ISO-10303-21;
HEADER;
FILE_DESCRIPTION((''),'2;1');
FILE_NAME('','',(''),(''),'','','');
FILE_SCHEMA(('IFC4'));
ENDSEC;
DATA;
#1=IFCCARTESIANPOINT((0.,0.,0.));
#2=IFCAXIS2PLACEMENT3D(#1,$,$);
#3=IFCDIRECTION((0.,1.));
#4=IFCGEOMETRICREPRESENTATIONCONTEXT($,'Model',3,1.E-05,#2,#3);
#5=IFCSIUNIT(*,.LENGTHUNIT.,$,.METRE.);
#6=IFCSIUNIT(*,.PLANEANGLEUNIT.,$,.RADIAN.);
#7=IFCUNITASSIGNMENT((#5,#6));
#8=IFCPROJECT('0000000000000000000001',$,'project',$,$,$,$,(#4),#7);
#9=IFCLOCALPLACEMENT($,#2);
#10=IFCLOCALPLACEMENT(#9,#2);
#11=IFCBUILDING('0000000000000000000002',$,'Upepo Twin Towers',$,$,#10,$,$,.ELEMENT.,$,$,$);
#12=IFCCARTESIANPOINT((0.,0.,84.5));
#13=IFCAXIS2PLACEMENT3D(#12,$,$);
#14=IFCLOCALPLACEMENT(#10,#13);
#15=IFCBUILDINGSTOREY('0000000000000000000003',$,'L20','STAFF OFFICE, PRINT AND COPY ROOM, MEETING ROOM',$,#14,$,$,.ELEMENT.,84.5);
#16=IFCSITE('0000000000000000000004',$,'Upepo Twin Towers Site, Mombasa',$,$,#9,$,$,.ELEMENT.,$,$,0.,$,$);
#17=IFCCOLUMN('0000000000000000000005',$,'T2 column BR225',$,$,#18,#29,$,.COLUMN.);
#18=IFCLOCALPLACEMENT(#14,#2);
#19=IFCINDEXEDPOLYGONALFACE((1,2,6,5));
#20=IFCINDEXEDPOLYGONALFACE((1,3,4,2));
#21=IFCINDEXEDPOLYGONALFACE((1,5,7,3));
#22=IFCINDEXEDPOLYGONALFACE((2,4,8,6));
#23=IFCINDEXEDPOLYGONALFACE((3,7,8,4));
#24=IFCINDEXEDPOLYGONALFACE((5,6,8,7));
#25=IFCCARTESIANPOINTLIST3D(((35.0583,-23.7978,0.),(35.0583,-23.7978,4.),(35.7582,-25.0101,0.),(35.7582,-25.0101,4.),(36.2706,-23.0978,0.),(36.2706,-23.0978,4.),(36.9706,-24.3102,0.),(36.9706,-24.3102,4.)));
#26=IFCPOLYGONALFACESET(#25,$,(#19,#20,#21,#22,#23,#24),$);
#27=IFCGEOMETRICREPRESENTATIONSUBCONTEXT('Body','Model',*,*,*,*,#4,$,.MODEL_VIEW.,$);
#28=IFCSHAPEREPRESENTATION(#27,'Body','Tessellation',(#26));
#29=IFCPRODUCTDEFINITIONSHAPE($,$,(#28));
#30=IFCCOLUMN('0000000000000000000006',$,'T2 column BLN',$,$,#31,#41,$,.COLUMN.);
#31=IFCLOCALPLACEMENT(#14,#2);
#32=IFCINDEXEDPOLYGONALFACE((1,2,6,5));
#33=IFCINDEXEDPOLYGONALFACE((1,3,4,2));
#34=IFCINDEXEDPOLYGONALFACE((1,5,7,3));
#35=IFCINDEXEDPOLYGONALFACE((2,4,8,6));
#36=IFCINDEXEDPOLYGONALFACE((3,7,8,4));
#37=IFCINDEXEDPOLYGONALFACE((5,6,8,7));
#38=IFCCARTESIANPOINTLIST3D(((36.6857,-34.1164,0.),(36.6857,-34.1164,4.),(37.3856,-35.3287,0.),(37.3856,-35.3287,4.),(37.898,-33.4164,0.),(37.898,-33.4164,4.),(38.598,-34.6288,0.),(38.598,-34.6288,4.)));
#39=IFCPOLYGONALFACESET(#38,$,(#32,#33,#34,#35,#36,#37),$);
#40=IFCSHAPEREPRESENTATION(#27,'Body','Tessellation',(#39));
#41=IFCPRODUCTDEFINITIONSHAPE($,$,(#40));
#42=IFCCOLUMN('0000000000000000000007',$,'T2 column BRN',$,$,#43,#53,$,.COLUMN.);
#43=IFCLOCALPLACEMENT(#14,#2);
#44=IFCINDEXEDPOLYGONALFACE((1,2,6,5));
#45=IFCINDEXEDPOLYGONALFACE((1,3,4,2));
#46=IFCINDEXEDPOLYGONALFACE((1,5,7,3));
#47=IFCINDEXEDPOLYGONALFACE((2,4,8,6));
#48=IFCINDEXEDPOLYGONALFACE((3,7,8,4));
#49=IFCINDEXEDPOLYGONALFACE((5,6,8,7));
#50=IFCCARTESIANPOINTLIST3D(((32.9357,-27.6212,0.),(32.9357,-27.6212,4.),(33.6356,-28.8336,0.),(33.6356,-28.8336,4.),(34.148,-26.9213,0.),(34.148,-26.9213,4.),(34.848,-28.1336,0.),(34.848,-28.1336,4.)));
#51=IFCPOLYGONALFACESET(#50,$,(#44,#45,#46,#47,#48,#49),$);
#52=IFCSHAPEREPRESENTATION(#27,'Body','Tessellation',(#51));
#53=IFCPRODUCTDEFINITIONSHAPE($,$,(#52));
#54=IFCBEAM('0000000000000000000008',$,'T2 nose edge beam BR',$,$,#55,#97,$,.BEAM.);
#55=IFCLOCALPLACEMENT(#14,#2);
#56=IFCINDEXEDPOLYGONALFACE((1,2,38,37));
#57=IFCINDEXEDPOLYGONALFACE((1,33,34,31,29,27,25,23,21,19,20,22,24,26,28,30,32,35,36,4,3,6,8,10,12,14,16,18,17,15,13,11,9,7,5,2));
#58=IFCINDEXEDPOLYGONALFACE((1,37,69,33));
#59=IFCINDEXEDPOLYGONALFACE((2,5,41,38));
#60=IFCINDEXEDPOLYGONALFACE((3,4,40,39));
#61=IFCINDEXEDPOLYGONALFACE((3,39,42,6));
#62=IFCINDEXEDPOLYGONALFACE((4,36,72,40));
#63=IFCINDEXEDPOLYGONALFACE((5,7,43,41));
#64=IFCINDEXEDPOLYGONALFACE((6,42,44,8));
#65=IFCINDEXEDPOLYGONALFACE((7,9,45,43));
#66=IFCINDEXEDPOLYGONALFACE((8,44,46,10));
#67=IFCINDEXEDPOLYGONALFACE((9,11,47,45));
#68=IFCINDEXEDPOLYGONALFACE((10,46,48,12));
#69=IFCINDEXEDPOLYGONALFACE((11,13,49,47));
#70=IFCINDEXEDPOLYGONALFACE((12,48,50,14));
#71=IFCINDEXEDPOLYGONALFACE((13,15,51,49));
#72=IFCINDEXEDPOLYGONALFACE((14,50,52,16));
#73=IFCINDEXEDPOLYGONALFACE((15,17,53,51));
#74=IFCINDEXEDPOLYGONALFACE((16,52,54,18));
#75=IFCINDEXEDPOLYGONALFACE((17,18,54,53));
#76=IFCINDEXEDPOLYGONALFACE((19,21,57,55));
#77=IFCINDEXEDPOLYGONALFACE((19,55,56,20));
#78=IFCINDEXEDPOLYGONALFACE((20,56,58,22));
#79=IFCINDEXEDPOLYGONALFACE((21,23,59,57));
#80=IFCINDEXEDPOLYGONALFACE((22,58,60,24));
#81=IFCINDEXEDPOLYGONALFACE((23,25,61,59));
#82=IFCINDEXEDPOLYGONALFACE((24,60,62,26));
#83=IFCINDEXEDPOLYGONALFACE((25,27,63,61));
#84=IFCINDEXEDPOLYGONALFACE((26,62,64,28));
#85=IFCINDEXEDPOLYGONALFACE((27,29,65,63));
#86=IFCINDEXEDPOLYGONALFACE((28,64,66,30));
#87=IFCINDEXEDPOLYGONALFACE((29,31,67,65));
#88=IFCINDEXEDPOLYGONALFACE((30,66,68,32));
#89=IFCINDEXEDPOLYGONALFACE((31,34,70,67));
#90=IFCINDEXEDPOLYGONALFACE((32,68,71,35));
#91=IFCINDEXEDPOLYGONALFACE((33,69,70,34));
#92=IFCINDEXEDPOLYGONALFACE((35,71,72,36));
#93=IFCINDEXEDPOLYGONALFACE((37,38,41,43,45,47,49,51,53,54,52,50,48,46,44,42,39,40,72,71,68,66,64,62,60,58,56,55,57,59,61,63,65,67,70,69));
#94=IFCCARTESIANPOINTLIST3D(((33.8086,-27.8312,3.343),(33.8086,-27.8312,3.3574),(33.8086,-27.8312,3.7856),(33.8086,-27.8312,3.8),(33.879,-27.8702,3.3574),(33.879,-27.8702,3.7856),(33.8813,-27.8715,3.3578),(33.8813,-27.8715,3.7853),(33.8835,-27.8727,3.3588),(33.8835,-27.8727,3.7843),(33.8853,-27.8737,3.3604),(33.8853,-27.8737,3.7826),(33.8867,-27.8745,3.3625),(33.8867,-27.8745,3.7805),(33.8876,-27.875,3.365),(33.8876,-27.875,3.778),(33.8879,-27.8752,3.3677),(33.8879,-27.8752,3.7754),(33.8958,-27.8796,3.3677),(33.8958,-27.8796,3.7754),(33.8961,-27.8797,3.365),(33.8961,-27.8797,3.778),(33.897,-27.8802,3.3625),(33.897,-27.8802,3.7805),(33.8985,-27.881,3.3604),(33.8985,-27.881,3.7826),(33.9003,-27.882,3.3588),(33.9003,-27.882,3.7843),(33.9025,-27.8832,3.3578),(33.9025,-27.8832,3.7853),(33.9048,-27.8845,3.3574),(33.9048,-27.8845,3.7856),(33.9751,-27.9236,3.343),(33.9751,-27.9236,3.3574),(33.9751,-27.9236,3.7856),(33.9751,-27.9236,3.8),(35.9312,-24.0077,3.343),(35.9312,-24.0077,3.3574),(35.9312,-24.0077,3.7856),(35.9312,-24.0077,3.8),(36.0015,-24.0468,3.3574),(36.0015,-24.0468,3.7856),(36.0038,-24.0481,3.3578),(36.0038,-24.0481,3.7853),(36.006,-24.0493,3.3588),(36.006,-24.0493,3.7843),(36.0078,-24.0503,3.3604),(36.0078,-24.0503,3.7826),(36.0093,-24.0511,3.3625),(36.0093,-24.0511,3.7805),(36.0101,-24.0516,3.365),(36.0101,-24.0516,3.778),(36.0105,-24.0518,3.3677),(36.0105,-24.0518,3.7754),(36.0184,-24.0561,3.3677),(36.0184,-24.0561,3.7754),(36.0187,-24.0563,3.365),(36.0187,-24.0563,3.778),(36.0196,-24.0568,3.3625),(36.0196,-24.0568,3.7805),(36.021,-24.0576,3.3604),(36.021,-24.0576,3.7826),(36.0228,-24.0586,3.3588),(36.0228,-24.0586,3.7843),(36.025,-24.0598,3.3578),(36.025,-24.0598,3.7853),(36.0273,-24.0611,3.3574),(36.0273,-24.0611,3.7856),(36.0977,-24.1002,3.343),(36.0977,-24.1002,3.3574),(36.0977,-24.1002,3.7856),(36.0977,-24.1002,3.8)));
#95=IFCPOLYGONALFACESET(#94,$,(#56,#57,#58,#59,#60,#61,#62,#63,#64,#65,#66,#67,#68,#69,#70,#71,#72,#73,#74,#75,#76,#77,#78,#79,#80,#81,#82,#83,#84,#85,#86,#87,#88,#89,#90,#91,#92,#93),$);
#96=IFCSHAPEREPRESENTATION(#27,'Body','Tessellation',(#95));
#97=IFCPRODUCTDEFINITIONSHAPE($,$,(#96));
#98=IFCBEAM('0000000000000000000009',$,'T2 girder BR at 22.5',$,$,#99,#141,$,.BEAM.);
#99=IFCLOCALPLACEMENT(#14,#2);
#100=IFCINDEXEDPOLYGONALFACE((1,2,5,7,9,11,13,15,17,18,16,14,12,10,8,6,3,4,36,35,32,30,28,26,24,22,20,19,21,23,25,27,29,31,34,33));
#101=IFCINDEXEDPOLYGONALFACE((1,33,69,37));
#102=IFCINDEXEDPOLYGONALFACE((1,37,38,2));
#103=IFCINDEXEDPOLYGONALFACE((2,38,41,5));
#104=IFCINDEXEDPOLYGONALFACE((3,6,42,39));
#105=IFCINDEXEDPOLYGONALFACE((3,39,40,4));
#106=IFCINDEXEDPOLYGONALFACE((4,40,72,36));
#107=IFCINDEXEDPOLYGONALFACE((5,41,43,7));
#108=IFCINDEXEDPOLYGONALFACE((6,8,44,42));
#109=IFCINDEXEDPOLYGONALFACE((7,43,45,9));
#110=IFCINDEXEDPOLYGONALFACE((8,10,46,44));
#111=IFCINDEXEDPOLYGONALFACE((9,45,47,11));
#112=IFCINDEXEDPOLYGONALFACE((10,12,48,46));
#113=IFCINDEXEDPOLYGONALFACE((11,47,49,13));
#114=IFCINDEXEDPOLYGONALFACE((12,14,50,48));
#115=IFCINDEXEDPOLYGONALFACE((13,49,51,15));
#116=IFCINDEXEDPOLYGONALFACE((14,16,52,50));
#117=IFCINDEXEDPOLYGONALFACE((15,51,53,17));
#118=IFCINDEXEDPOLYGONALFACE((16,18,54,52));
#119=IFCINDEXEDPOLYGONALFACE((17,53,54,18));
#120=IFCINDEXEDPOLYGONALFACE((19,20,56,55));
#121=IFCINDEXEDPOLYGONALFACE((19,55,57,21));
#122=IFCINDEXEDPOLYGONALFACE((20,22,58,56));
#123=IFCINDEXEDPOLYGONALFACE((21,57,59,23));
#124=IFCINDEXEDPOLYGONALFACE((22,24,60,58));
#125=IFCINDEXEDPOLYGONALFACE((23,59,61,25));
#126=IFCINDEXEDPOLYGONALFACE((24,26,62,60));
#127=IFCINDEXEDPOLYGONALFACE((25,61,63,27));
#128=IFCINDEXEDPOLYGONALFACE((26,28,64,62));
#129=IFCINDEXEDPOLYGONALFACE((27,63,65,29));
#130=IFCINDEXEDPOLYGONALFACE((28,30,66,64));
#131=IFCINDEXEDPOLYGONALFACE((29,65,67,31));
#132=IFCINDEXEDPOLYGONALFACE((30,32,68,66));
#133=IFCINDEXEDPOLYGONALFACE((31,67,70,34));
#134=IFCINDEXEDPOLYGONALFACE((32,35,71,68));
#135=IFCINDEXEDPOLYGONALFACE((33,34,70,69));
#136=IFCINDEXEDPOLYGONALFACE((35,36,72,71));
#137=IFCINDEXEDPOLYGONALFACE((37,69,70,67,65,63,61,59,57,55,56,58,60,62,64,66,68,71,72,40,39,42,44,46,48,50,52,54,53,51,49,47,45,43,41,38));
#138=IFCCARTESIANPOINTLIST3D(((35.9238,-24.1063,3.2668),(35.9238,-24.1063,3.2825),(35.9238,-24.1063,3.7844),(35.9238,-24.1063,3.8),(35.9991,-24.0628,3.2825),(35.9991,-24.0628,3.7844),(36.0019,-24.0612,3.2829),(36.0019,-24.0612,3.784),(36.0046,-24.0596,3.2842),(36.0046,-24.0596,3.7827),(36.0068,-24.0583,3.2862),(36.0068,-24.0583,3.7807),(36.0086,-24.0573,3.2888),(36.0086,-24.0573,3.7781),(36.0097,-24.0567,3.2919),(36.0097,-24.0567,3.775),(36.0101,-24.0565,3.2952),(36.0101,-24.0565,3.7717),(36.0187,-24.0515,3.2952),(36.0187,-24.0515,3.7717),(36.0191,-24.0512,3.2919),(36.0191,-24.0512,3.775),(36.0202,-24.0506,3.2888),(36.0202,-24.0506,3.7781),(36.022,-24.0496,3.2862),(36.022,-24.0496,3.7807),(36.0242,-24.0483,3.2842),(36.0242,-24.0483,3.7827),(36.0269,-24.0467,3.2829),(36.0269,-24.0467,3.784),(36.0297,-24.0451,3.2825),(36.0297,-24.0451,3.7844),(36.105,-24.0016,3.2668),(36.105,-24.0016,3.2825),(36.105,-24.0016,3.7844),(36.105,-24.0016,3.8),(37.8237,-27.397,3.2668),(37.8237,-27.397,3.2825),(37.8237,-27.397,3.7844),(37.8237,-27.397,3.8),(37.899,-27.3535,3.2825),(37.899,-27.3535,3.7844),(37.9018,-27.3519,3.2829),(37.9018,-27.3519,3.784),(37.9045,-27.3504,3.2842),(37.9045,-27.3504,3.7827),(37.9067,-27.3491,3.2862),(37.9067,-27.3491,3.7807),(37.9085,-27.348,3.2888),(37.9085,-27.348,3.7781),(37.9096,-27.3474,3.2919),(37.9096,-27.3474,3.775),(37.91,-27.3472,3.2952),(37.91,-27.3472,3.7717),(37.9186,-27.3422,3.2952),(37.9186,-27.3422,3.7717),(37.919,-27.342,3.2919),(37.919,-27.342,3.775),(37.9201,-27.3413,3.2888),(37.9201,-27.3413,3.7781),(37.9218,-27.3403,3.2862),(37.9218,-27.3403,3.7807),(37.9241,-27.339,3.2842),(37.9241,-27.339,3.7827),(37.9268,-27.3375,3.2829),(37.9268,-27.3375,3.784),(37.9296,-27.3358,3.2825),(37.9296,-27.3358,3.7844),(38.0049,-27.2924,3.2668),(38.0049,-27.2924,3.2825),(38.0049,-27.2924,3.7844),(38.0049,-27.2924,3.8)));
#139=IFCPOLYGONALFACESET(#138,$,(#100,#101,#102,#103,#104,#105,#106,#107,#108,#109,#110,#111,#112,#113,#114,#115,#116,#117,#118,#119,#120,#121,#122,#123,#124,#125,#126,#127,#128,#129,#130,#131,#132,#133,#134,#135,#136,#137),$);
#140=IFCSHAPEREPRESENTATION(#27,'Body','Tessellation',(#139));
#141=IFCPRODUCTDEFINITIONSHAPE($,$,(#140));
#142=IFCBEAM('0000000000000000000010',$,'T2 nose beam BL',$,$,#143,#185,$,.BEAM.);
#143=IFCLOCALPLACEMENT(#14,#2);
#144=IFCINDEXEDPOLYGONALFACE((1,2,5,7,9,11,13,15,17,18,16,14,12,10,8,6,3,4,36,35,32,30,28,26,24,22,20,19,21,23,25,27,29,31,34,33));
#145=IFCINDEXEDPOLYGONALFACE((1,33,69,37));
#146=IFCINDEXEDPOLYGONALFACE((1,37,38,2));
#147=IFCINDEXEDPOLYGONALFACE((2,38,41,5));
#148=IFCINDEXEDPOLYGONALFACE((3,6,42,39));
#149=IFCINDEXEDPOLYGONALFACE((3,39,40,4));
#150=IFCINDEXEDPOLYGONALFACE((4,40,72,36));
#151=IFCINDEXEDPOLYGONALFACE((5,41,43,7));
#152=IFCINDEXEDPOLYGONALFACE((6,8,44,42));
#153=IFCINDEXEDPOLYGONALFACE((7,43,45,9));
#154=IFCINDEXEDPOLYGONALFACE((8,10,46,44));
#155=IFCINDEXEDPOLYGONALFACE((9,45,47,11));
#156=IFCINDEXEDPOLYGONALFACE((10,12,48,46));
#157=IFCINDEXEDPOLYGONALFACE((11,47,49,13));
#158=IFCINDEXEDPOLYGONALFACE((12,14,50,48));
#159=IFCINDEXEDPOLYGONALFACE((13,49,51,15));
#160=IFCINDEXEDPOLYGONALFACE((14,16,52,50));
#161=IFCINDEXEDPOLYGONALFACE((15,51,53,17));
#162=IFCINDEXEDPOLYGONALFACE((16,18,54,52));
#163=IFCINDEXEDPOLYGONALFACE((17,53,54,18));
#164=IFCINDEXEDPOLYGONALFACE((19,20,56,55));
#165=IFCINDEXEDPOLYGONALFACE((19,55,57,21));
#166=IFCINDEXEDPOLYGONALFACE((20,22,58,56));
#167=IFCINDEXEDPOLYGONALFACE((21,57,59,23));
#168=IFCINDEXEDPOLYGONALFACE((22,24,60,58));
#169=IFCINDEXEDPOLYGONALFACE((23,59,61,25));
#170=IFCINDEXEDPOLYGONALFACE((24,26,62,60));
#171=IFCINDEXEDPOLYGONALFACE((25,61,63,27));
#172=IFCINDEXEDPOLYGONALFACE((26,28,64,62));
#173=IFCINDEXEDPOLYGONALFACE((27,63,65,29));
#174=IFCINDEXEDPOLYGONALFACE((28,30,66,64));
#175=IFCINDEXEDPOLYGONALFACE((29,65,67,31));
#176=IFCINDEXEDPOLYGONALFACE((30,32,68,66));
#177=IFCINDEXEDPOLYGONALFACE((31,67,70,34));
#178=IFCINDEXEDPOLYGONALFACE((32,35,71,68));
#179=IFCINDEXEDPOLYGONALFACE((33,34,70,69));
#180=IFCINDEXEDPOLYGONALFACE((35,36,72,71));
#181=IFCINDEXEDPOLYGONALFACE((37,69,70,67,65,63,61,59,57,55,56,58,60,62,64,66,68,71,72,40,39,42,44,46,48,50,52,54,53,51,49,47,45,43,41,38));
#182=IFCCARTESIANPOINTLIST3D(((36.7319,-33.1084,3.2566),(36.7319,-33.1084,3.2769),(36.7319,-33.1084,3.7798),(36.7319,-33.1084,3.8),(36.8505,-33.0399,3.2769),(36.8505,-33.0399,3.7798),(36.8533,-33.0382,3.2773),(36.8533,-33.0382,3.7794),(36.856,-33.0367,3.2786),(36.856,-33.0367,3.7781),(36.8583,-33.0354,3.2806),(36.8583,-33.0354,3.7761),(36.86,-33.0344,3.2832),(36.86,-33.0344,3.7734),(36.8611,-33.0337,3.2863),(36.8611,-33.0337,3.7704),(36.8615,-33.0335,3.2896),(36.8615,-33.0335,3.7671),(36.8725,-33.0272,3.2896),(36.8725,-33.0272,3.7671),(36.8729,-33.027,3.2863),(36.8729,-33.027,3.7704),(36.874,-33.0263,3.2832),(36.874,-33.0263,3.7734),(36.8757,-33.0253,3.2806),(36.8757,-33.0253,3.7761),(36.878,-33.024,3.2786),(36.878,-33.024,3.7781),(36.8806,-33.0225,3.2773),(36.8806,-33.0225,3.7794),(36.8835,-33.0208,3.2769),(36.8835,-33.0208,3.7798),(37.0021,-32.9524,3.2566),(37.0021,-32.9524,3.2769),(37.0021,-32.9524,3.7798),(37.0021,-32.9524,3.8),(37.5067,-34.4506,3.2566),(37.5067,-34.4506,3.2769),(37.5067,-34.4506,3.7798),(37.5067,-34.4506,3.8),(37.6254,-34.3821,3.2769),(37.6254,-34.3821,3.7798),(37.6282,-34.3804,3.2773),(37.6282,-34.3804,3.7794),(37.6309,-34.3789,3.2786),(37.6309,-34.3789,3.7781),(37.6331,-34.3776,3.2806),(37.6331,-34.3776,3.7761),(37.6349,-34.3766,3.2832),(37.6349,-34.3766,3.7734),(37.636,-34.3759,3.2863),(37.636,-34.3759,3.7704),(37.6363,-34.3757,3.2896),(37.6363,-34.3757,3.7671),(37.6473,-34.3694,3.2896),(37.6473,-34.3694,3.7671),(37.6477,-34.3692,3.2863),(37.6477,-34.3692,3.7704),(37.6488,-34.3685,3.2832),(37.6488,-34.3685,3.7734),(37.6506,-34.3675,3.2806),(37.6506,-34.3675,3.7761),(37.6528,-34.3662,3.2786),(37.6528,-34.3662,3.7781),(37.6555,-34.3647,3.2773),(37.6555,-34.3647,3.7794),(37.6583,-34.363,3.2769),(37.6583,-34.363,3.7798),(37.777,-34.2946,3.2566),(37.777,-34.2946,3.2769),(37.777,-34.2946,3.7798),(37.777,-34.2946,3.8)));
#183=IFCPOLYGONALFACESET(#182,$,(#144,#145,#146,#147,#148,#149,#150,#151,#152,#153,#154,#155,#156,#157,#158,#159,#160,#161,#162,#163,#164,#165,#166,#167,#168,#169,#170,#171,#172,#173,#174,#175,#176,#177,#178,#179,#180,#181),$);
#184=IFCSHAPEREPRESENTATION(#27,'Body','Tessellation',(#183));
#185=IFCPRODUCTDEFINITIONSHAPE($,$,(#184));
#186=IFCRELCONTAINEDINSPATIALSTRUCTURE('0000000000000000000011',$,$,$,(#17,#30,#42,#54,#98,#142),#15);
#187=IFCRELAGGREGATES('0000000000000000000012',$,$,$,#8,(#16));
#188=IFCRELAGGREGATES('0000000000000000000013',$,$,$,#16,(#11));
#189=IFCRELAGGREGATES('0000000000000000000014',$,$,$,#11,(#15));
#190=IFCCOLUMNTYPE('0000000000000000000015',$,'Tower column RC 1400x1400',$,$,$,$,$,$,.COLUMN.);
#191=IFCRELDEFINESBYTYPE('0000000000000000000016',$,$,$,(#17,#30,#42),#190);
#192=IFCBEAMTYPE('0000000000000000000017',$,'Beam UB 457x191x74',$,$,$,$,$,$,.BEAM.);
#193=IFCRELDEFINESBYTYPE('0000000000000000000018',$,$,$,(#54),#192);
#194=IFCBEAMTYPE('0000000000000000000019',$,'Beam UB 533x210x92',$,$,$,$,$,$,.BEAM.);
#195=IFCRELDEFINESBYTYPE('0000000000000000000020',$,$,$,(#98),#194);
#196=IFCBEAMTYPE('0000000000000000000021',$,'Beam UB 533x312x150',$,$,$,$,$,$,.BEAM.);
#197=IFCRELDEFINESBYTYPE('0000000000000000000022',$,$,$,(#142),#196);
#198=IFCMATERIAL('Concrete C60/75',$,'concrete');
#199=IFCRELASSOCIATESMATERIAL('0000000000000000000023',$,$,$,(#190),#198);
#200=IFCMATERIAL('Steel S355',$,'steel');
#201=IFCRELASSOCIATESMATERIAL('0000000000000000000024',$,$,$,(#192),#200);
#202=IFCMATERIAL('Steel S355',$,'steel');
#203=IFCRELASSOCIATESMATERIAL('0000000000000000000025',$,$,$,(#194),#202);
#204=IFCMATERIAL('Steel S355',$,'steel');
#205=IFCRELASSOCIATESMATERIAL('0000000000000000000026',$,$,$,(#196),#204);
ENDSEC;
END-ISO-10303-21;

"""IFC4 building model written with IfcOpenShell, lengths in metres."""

from ifc_helpers import new_model, si_unit, direction, frame, origin, origin_2d, place, context, subcontext, project, spatial, rectangle, i_section, extrude, material, material_profile, profile_set, type_object, element, save


model = new_model("IFC4")

# Units and contexts
model_context = context("Model", 3, precision=1e-05, world=origin(), true_north=direction((0.0, 1.0)))
body_context = subcontext(model_context, "Body", "Model", "MODEL_VIEW")
ifc_project = project(units=[si_unit("LENGTHUNIT", "METRE"), si_unit("PLANEANGLEUNIT", "RADIAN")], contexts=[model_context])

# Site, building, storey
site_placement = place(None, origin())
site = spatial("IfcSite", under=ifc_project, at=site_placement, Name="Upepo Twin Towers Site, Mombasa", CompositionType="ELEMENT", RefElevation=0.0)
building_placement = place(site_placement, origin())
building = spatial("IfcBuilding", under=site, at=building_placement, Name="Upepo Twin Towers", CompositionType="ELEMENT")
storey_placement = place(building_placement, frame((0.0, 0.0, 84.5)))
storey = spatial("IfcBuildingStorey", under=building, at=storey_placement, Name="L20", Description="STAFF OFFICE, PRINT AND COPY ROOM, MEETING ROOM", CompositionType="ELEMENT", Elevation=84.5)

# Columns
ifc_material_1 = material(Name="Concrete C60/75", Category="concrete")
ifc_material_profile_1 = material_profile(ifc_material_1, rectangle(XDim=1.3999, YDim=1.3999, at=origin_2d()), Name="RC 1400x1400")
ifc_profile_set_1 = profile_set([ifc_material_profile_1], Name="Concrete C60/75")
column_type = type_object("IfcColumnType", Name="Tower column RC 1400x1400", PredefinedType="COLUMN", material=ifc_profile_set_1)
for number, where, z_axis, x_axis, name in (
    (1, (36.0144, -24.054, 0.0), (0.0, 0.0, 1.0), (0.866025, 0.5, 0.0), "T2 column BR225"),
    (2, (37.6418, -34.3726, 0.0), (0.0, 0.0, 1.0), (0.866025, 0.5, 0.0), "T2 column BLN"),
    (3, (33.8918, -27.8774, 0.0), (0.0, 0.0, 1.0), (0.866025, 0.5, 0.0), "T2 column BRN"),
):
    element("IfcColumn", number, at=place(storey_placement, frame(where, z_axis=z_axis, x_axis=x_axis)), inside=storey, type_object=column_type, Name=name, PredefinedType="COLUMN", context=body_context, shape_type="SweptSolid", body=[
        extrude(rectangle(XDim=1.3999, YDim=1.3999, at=origin_2d()), origin(), (0.0, 0.0, 1.0), 4.0),
    ])

# Beams
ifc_material_2 = material(Name="Steel S355", Category="steel")
ifc_material_profile_2 = material_profile(ifc_material_2, i_section(OverallWidth=0.1904, OverallDepth=0.457, WebThickness=0.009, FlangeThickness=0.0144, FilletRadius=0.0103, at=origin_2d()), Name="UB 457x191x74")
ifc_profile_set_2 = profile_set([ifc_material_profile_2], Name="Steel S355")
beam_type_1 = type_object("IfcBeamType", Name="Beam UB 457x191x74", PredefinedType="BEAM", material=ifc_profile_set_2)
beam_1_placement = place(storey_placement, frame((36.0144, -24.054, 3.5715), z_axis=(-0.485363, -0.874313, 0.0), x_axis=(0.874313, -0.485363, 0.0)))
element("IfcBeam", 4, at=beam_1_placement, inside=storey, type_object=beam_type_1, Name="T2 nose edge beam BR", PredefinedType="BEAM", context=body_context, shape_type="SweptSolid", body=[
    extrude(i_section(OverallWidth=0.1904, OverallDepth=0.457, WebThickness=0.009, FlangeThickness=0.0144, FilletRadius=0.0103, at=origin_2d()), origin(), (0.0, 0.0, 1.0), 4.373),
])
ifc_material_3 = material(Name="Steel S355", Category="steel")
ifc_material_profile_3 = material_profile(ifc_material_3, i_section(OverallWidth=0.2092, OverallDepth=0.5332, WebThickness=0.01, FlangeThickness=0.0156, FilletRadius=0.0127, at=origin_2d()), Name="UB 533x210x92")
ifc_profile_set_3 = profile_set([ifc_material_profile_3], Name="Steel S355")
beam_type_2 = type_object("IfcBeamType", Name="Beam UB 533x210x92", PredefinedType="BEAM", material=ifc_profile_set_3)
beam_2_placement = place(storey_placement, frame((36.0144, -24.054, 3.5334), z_axis=(0.499995, -0.866028, 0.0), x_axis=(0.866028, 0.499995, 0.0)))
element("IfcBeam", 5, at=beam_2_placement, inside=storey, type_object=beam_type_2, Name="T2 girder BR at 22.5", PredefinedType="BEAM", context=body_context, shape_type="SweptSolid", body=[
    extrude(i_section(OverallWidth=0.2092, OverallDepth=0.5332, WebThickness=0.01, FlangeThickness=0.0156, FilletRadius=0.0127, at=origin_2d()), origin(), (0.0, 0.0, 1.0), 3.7998),
])
ifc_material_4 = material(Name="Steel S355", Category="steel")
ifc_material_profile_4 = material_profile(ifc_material_4, i_section(OverallWidth=0.312, OverallDepth=0.5435, WebThickness=0.0127, FlangeThickness=0.0203, FilletRadius=0.0127, at=origin_2d()), Name="UB 533x312x150")
ifc_profile_set_4 = profile_set([ifc_material_profile_4], Name="Steel S355")
beam_type_3 = type_object("IfcBeamType", Name="Beam UB 533x312x150", PredefinedType="BEAM", material=ifc_profile_set_4)
for number, where, z_axis, x_axis, name in (
    (6, (37.6418, -34.3726, 3.5283), (-0.499968, 0.866044, 0.0), (-0.866044, -0.499968, 0.0), "T2 nose beam BL"),
):
    element("IfcBeam", number, at=place(storey_placement, frame(where, z_axis=z_axis, x_axis=x_axis)), inside=storey, type_object=beam_type_3, Name=name, PredefinedType="BEAM", context=body_context, shape_type="SweptSolid", body=[
        extrude(i_section(OverallWidth=0.312, OverallDepth=0.5435, WebThickness=0.0127, FlangeThickness=0.0203, FilletRadius=0.0127, at=origin_2d()), origin(), (0.0, 0.0, 1.0), 1.5498),
    ])

save(model, "model.ifc")
